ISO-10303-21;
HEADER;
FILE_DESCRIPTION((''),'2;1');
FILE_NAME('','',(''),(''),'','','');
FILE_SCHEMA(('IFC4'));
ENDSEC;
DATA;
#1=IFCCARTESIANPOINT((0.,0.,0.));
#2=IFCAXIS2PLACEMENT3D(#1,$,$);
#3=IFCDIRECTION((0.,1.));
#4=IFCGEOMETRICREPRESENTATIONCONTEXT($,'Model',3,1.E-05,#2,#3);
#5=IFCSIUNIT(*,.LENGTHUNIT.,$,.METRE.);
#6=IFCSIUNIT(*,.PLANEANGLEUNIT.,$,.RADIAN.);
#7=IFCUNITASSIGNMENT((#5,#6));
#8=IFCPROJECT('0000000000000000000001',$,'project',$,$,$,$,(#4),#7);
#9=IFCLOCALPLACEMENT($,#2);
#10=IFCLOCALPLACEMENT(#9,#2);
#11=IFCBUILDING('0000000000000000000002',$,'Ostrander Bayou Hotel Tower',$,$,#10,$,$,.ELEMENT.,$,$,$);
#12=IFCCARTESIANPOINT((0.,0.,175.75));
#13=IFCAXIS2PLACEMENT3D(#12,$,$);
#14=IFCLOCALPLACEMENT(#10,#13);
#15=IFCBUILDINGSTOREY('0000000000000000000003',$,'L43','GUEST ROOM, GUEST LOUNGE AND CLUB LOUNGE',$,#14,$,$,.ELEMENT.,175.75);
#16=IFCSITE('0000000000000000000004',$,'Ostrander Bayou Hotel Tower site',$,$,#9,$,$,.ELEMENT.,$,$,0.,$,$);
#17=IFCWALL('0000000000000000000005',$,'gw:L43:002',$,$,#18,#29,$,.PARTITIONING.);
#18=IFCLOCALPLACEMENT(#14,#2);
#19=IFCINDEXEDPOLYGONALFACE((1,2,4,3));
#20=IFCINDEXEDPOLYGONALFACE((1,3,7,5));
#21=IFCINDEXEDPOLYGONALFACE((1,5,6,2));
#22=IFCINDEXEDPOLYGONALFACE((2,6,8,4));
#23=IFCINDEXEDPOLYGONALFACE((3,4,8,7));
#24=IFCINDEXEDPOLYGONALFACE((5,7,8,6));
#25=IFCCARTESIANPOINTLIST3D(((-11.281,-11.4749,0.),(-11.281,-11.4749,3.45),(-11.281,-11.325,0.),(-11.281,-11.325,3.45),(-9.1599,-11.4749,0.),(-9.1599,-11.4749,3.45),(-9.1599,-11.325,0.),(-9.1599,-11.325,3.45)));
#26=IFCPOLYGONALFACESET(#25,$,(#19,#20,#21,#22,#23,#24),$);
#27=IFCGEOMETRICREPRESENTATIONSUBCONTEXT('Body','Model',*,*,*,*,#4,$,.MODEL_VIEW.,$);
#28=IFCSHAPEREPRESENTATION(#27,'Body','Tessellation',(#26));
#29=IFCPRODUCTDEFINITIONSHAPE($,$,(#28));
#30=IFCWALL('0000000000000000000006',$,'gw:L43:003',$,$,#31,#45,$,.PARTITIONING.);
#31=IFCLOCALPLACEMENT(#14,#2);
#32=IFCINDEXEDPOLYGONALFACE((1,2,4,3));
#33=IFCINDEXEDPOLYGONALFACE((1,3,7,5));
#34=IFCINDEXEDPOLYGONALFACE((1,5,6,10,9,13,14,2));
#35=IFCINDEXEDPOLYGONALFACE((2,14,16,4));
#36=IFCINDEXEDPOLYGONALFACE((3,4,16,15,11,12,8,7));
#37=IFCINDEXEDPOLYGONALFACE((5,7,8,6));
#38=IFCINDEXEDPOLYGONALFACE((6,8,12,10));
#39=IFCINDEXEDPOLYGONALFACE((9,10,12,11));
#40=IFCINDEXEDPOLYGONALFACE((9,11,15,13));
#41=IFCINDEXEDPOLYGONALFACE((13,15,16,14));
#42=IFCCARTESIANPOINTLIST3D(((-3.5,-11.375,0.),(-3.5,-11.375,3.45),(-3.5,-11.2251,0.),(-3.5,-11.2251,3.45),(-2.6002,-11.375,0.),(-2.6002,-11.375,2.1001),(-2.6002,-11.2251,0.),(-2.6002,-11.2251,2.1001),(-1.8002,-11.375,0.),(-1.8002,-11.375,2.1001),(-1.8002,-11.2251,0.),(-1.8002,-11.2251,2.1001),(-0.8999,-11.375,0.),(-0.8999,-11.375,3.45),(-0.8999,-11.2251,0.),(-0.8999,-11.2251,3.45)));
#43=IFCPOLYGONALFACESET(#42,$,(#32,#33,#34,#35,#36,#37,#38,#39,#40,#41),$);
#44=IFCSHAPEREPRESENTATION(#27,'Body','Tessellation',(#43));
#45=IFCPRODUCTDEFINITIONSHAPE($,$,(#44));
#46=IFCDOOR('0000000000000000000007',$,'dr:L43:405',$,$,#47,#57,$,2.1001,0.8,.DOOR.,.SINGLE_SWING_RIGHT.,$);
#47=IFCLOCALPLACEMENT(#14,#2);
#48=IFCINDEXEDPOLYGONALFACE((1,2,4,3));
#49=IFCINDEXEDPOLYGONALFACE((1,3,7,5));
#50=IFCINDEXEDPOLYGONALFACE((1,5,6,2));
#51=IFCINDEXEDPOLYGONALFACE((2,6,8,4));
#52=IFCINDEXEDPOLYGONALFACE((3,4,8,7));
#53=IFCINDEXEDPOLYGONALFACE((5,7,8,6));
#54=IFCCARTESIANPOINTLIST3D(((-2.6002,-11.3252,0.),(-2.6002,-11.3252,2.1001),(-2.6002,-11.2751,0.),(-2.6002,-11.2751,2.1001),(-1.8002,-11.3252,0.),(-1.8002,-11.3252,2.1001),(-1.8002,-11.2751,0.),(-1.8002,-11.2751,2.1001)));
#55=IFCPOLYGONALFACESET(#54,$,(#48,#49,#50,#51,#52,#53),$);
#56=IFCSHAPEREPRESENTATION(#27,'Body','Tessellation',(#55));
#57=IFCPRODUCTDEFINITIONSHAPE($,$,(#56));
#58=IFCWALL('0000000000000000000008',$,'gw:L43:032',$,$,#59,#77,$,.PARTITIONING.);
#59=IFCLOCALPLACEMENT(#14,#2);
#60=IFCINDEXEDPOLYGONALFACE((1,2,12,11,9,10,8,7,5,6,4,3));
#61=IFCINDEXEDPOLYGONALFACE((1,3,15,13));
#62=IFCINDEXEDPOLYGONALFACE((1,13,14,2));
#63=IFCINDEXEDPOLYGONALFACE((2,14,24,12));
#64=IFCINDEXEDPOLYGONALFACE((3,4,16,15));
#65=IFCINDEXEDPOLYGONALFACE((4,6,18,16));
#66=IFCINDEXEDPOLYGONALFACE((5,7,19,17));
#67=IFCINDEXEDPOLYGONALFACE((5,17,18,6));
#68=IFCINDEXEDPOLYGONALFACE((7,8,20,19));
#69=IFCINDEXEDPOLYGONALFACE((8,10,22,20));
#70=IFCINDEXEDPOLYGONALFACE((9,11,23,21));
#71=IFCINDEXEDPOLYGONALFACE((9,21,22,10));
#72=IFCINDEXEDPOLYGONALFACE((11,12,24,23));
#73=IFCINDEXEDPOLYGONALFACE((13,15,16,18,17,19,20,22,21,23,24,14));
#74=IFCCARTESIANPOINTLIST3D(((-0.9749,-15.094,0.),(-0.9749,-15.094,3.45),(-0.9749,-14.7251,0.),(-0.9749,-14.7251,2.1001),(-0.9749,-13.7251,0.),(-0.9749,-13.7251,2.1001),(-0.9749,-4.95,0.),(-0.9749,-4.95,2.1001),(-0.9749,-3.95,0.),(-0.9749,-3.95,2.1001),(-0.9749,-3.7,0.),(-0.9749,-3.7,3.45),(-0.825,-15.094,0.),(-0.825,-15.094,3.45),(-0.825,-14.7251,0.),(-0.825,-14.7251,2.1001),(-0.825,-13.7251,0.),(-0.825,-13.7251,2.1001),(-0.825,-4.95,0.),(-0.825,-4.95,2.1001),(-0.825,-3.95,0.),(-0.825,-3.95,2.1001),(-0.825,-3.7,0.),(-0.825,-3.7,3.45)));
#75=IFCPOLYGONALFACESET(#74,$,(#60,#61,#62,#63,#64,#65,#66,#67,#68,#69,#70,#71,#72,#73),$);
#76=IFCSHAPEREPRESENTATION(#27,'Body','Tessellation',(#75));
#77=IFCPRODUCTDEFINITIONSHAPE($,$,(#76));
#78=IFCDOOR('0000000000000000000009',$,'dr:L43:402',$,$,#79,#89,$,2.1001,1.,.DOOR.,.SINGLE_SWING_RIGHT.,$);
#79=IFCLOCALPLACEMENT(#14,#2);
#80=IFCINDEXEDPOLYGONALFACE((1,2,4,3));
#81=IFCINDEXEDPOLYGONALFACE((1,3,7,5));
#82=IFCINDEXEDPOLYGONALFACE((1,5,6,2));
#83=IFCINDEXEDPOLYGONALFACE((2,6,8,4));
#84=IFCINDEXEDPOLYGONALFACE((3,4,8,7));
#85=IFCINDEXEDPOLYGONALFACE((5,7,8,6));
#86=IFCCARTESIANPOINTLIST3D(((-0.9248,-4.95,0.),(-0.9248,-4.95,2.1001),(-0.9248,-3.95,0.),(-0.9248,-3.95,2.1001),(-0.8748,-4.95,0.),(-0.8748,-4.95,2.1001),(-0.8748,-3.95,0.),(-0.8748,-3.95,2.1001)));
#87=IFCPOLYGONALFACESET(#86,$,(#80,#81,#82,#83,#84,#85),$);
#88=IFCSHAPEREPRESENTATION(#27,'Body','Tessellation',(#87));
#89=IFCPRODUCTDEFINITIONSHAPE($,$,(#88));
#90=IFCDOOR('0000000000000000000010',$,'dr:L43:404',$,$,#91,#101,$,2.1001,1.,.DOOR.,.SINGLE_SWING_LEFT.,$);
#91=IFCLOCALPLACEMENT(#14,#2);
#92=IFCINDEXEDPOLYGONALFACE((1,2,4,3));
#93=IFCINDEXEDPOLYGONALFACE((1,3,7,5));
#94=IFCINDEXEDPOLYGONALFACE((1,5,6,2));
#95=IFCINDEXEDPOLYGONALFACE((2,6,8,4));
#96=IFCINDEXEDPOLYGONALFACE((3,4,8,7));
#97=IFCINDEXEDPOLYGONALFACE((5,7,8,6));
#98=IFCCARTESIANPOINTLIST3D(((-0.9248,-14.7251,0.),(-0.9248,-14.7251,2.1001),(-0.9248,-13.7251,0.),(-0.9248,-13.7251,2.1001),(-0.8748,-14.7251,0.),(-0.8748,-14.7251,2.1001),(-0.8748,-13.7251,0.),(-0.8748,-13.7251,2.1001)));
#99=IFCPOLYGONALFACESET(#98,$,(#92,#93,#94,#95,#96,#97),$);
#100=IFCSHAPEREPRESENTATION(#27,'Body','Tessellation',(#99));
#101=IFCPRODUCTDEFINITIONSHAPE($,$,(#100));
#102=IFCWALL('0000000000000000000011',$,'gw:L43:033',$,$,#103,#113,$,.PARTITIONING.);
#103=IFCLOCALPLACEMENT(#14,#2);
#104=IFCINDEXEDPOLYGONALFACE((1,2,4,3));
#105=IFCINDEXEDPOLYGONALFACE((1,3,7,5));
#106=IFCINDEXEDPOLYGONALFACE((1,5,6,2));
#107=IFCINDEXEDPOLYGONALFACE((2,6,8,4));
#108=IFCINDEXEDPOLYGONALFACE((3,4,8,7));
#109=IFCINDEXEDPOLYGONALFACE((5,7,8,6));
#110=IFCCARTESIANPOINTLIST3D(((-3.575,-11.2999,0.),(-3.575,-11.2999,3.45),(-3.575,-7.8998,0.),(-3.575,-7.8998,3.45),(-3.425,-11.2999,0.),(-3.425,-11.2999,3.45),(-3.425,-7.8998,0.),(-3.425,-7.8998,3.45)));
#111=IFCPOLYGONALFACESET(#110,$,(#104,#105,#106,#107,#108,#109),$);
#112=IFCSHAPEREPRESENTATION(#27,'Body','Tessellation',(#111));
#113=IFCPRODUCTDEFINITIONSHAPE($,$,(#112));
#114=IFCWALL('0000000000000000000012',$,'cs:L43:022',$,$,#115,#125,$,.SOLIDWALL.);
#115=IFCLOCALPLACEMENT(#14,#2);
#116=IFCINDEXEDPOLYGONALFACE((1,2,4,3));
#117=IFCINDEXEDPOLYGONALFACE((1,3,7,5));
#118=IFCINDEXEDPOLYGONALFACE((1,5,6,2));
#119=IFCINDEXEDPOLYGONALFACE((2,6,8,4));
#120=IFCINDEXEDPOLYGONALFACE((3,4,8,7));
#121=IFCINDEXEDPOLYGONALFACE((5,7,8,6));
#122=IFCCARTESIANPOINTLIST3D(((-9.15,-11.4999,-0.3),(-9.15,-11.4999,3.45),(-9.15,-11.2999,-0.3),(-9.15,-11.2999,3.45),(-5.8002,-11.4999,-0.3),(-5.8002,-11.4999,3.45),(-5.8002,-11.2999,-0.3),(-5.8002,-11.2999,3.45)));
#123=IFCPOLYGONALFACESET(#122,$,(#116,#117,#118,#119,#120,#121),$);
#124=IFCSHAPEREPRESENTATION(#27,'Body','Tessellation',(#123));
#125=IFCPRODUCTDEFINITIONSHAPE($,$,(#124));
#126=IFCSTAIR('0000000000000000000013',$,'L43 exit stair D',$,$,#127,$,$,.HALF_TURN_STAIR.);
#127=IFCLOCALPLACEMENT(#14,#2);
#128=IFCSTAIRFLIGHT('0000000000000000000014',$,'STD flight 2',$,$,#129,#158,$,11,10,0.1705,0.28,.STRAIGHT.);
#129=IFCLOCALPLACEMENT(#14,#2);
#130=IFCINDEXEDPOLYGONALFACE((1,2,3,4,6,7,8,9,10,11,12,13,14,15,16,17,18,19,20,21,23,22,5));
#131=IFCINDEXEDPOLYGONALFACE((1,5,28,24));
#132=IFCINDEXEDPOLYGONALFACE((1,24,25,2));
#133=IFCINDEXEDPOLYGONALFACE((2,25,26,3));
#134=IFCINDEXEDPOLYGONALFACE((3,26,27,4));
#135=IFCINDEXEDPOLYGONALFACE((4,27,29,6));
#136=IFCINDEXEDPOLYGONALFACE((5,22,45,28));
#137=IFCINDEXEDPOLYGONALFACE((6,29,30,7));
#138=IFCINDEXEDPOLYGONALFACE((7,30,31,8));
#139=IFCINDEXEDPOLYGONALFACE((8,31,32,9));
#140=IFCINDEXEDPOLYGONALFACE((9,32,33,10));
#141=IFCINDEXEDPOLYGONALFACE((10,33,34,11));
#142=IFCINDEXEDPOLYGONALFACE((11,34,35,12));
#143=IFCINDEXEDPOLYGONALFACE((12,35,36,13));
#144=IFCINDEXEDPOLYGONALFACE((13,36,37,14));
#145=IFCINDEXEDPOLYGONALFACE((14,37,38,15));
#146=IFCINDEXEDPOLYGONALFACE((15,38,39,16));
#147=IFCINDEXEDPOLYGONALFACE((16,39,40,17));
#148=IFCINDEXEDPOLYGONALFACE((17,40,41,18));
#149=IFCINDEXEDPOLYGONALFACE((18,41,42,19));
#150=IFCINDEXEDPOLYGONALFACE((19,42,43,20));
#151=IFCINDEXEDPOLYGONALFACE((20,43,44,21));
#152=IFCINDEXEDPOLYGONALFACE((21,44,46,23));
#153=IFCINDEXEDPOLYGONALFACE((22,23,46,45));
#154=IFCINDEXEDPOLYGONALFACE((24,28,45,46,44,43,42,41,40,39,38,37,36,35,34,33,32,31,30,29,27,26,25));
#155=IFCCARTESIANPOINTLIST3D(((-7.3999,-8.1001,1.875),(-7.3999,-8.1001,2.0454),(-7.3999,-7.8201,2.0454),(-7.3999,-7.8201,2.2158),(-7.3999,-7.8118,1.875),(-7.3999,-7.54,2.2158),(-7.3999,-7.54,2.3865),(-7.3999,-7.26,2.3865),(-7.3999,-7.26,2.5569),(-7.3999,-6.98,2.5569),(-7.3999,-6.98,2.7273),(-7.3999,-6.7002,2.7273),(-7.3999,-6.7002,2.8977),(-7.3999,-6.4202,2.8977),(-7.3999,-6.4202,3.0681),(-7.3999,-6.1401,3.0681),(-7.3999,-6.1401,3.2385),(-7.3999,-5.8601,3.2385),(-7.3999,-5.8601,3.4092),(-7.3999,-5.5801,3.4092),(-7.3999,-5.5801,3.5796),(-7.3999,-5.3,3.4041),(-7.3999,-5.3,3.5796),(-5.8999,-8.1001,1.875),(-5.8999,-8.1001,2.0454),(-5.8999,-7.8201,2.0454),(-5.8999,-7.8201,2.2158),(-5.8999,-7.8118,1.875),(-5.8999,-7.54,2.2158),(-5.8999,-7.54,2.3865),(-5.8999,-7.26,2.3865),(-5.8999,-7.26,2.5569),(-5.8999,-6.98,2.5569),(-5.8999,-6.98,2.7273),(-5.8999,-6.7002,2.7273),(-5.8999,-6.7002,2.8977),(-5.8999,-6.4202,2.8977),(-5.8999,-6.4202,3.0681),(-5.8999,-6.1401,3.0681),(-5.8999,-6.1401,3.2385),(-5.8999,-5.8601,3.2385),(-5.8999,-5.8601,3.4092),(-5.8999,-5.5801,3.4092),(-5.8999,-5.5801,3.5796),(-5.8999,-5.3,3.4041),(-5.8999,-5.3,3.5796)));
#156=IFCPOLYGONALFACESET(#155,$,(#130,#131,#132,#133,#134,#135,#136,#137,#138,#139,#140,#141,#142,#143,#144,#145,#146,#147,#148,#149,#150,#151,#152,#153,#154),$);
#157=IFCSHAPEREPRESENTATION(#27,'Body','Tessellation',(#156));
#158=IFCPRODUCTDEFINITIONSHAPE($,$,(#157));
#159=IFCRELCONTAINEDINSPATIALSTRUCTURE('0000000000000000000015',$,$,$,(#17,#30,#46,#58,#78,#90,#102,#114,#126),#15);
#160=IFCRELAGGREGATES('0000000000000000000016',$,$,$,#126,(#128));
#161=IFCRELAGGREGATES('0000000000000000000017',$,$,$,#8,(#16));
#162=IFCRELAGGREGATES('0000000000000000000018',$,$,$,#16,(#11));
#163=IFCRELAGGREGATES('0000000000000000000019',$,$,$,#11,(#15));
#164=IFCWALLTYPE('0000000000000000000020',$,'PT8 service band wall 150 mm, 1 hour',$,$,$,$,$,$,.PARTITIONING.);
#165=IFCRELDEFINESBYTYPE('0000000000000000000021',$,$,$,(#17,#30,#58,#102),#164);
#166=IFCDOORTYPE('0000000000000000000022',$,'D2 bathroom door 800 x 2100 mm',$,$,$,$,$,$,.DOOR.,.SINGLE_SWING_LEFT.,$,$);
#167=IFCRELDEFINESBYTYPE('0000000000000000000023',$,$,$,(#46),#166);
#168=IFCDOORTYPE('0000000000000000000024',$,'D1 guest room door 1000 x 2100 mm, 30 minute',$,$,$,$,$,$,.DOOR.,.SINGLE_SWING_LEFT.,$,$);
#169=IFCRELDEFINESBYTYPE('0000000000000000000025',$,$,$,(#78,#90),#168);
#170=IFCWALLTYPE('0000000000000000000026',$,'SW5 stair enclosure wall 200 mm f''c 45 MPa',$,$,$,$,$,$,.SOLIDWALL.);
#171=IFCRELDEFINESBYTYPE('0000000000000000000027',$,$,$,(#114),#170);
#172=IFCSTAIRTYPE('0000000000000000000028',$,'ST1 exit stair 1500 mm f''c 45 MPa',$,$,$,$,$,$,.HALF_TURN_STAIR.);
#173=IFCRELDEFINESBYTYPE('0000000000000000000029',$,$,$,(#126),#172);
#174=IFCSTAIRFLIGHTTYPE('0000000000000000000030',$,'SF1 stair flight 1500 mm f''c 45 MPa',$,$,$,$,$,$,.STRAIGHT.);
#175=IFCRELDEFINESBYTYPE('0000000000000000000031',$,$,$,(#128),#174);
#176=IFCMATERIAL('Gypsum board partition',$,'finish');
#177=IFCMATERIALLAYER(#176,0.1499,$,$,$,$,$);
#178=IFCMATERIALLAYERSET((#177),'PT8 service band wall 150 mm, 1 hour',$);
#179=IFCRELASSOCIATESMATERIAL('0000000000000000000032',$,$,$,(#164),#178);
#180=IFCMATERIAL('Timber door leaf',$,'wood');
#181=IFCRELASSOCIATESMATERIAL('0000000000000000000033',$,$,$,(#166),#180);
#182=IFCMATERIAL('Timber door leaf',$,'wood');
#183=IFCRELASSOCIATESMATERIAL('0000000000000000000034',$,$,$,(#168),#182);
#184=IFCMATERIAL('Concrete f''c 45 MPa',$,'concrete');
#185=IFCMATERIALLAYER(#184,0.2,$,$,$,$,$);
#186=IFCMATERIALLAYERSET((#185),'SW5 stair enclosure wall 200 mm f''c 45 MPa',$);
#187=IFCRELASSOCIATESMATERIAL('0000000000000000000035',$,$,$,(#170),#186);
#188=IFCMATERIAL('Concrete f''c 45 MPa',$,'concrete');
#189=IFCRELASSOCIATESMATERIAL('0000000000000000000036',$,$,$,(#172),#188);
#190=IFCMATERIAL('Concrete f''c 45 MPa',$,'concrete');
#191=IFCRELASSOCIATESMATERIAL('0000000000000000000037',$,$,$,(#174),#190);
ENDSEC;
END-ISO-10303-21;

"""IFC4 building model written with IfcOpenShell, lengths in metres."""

from ifc_helpers import new_model, si_unit, direction, frame, frame_2d, origin, place, context, subcontext, project, spatial, polyline, rectangle, outline, extrude, material, layer, layer_set, type_object, element, fill, aggregate, save


model = new_model("IFC4")

# Units and contexts
model_context = context("Model", 3, precision=1e-05, world=origin(), true_north=direction((0.0, 1.0)))
body_context = subcontext(model_context, "Body", "Model", "MODEL_VIEW")
ifc_project = project(units=[si_unit("LENGTHUNIT", "METRE"), si_unit("PLANEANGLEUNIT", "RADIAN")], contexts=[model_context])

# Site, building, storey
site_placement = place(None, origin())
site = spatial("IfcSite", under=ifc_project, at=site_placement, Name="Ostrander Bayou Hotel Tower site", CompositionType="ELEMENT", RefElevation=0.0)
building_placement = place(site_placement, origin())
building = spatial("IfcBuilding", under=site, at=building_placement, Name="Ostrander Bayou Hotel Tower", CompositionType="ELEMENT")
storey_placement = place(building_placement, frame((0.0, 0.0, 175.75)))
storey = spatial("IfcBuildingStorey", under=building, at=storey_placement, Name="L43", Description="GUEST ROOM, GUEST LOUNGE AND CLUB LOUNGE", CompositionType="ELEMENT", Elevation=175.75)

# Wall
ifc_material_1 = material(Name="Gypsum board partition", Category="finish")
ifc_layer_1 = layer(ifc_material_1, 0.1499)
ifc_layer_set_1 = layer_set([ifc_layer_1], Name="PT8 service band wall 150 mm, 1 hour")
wall_type_1 = type_object("IfcWallType", Name="PT8 service band wall 150 mm, 1 hour", PredefinedType="PARTITIONING", material=ifc_layer_set_1)
wall_1_placement = place(storey_placement, frame((-11.281, -11.3999, 0.0), z_axis=(0.0, 0.0, 1.0), x_axis=(1.0, 0.0, 0.0)))
element("IfcWall", 1, at=wall_1_placement, inside=storey, type_object=wall_type_1, Name="gw:L43:002", PredefinedType="PARTITIONING", context=body_context, shape_type="SweptSolid", body=[
    extrude(rectangle(XDim=2.1211, YDim=0.1499, at=frame_2d((1.0605, 0.0))), origin(), (0.0, 0.0, 1.0), 3.45),
])

# Wall, opening, door
wall_2_placement = place(storey_placement, frame((-3.5, -11.3, 0.0), z_axis=(0.0, 0.0, 1.0), x_axis=(1.0, 0.0, 0.0)))
wall_2 = element("IfcWall", 2, at=wall_2_placement, inside=storey, type_object=wall_type_1, Name="gw:L43:003", PredefinedType="PARTITIONING", context=body_context, shape_type="SweptSolid", body=[
    extrude(rectangle(XDim=2.6001, YDim=0.1499, at=frame_2d((1.3, 0.0))), origin(), (0.0, 0.0, 1.0), 3.45),
])
opening_1_placement = place(wall_2_placement, frame((0.8999, 0.0, 0.0)))
opening_1 = element("IfcOpeningElement", 3, at=opening_1_placement, cuts=wall_2, PredefinedType="OPENING", context=body_context, shape_type="SweptSolid", body=[
    extrude(rectangle(XDim=0.8, YDim=2.1001, at=frame_2d((0.3999, 1.05))), frame((0.0, 0.075, 0.0), z_axis=(0.0, -1.0, 0.0), x_axis=(1.0, 0.0, 0.0)), (0.0, 0.0, 1.0), 0.1499),
])
ifc_material_2 = material(Name="Timber door leaf", Category="wood")
door_type_1 = type_object("IfcDoorType", Name="D2 bathroom door 800 x 2100 mm", OperationType="SINGLE_SWING_LEFT", PredefinedType="DOOR", material=ifc_material_2)
door_1_placement = place(opening_1_placement, origin())
door_1 = element("IfcDoor", 4, at=door_1_placement, inside=storey, type_object=door_type_1, Name="dr:L43:405", OperationType="SINGLE_SWING_RIGHT", OverallHeight=2.1001, OverallWidth=0.8, PredefinedType="DOOR", context=body_context, shape_type="SweptSolid", body=[
    extrude(rectangle(XDim=0.8, YDim=2.1001, at=frame_2d((0.3999, 1.05))), frame((0.0, 0.0249, 0.0), z_axis=(0.0, -1.0, 0.0), x_axis=(1.0, 0.0, 0.0)), (0.0, 0.0, 1.0), 0.05),
])
fill(opening_1, door_1)

# Wall, openings, doors
wall_3_placement = place(storey_placement, frame((-0.8999, -15.094, 0.0), z_axis=(0.0, 0.0, 1.0), x_axis=(0.0, 1.0, 0.0)))
wall_3 = element("IfcWall", 5, at=wall_3_placement, inside=storey, type_object=wall_type_1, Name="gw:L43:032", PredefinedType="PARTITIONING", context=body_context, shape_type="SweptSolid", body=[
    extrude(rectangle(XDim=11.394, YDim=0.1499, at=frame_2d((5.697, 0.0))), origin(), (0.0, 0.0, 1.0), 3.45),
])
opening_2_placement = place(wall_3_placement, frame((10.144, 0.0, 0.0)))
opening_2 = element("IfcOpeningElement", 6, at=opening_2_placement, cuts=wall_3, PredefinedType="OPENING", context=body_context, shape_type="SweptSolid", body=[
    extrude(rectangle(XDim=1.0, YDim=2.1001, at=frame_2d((0.5, 1.05))), frame((0.0, 0.075, 0.0), z_axis=(0.0, -1.0, 0.0), x_axis=(1.0, 0.0, 0.0)), (0.0, 0.0, 1.0), 0.1499),
])
opening_3_placement = place(wall_3_placement, frame((0.3689, 0.0, 0.0)))
opening_3 = element("IfcOpeningElement", 7, at=opening_3_placement, cuts=wall_3, PredefinedType="OPENING", context=body_context, shape_type="SweptSolid", body=[
    extrude(rectangle(XDim=1.0, YDim=2.1001, at=frame_2d((0.5, 1.05))), frame((0.0, 0.075, 0.0), z_axis=(0.0, -1.0, 0.0), x_axis=(1.0, 0.0, 0.0)), (0.0, 0.0, 1.0), 0.1499),
])
ifc_material_3 = material(Name="Timber door leaf", Category="wood")
door_type_2 = type_object("IfcDoorType", Name="D1 guest room door 1000 x 2100 mm, 30 minute", OperationType="SINGLE_SWING_LEFT", PredefinedType="DOOR", material=ifc_material_3)
door_2_placement = place(opening_2_placement, origin())
door_2 = element("IfcDoor", 8, at=door_2_placement, inside=storey, type_object=door_type_2, Name="dr:L43:402", OperationType="SINGLE_SWING_RIGHT", OverallHeight=2.1001, OverallWidth=1.0, PredefinedType="DOOR", context=body_context, shape_type="SweptSolid", body=[
    extrude(rectangle(XDim=1.0, YDim=2.1001, at=frame_2d((0.5, 1.05))), frame((0.0, 0.0249, 0.0), z_axis=(0.0, -1.0, 0.0), x_axis=(1.0, 0.0, 0.0)), (0.0, 0.0, 1.0), 0.05),
])
fill(opening_2, door_2)
door_3_placement = place(opening_3_placement, origin())
door_3 = element("IfcDoor", 9, at=door_3_placement, inside=storey, type_object=door_type_2, Name="dr:L43:404", OperationType="SINGLE_SWING_LEFT", OverallHeight=2.1001, OverallWidth=1.0, PredefinedType="DOOR", context=body_context, shape_type="SweptSolid", body=[
    extrude(rectangle(XDim=1.0, YDim=2.1001, at=frame_2d((0.5, 1.05))), frame((0.0, 0.0249, 0.0), z_axis=(0.0, -1.0, 0.0), x_axis=(1.0, 0.0, 0.0)), (0.0, 0.0, 1.0), 0.05),
])
fill(opening_3, door_3)

# Walls
wall_4_placement = place(storey_placement, frame((-3.5, -11.3, 0.0), z_axis=(0.0, 0.0, 1.0), x_axis=(0.0, 1.0, 0.0)))
element("IfcWall", 10, at=wall_4_placement, inside=storey, type_object=wall_type_1, Name="gw:L43:033", PredefinedType="PARTITIONING", context=body_context, shape_type="SweptSolid", body=[
    extrude(rectangle(XDim=3.4001, YDim=0.1499, at=frame_2d((1.7002, 0.0))), origin(), (0.0, 0.0, 1.0), 3.45),
])
ifc_material_4 = material(Name="Concrete f'c 45 MPa", Category="concrete")
ifc_layer_2 = layer(ifc_material_4, 0.2)
ifc_layer_set_2 = layer_set([ifc_layer_2], Name="SW5 stair enclosure wall 200 mm f'c 45 MPa")
wall_type_2 = type_object("IfcWallType", Name="SW5 stair enclosure wall 200 mm f'c 45 MPa", PredefinedType="SOLIDWALL", material=ifc_layer_set_2)
wall_5_placement = place(storey_placement, frame((-9.1499, -11.3999, -0.3), z_axis=(0.0, 0.0, 1.0), x_axis=(1.0, 0.0, 0.0)))
element("IfcWall", 11, at=wall_5_placement, inside=storey, type_object=wall_type_2, Name="cs:L43:022", PredefinedType="SOLIDWALL", context=body_context, shape_type="SweptSolid", body=[
    extrude(rectangle(XDim=3.3499, YDim=0.2, at=frame_2d((1.6748, 0.0))), origin(), (0.0, 0.0, 1.0), 3.75),
])

# Stair, stair flight
ifc_material_5 = material(Name="Concrete f'c 45 MPa", Category="concrete")
stair_type = type_object("IfcStairType", Name="ST1 exit stair 1500 mm f'c 45 MPa", PredefinedType="HALF_TURN_STAIR", material=ifc_material_5)
stair_placement = place(storey_placement, origin())
stair = element("IfcStair", 12, at=stair_placement, inside=storey, type_object=stair_type, Name="L43 exit stair D", PredefinedType="HALF_TURN_STAIR")
ifc_material_6 = material(Name="Concrete f'c 45 MPa", Category="concrete")
stair_flight_type = type_object("IfcStairFlightType", Name="SF1 stair flight 1500 mm f'c 45 MPa", PredefinedType="STRAIGHT", material=ifc_material_6)
stair_flight_placement = place(storey_placement, frame((-6.6499, -8.1001, 1.875), z_axis=(0.0, 0.0, 1.0), x_axis=(0.0, 1.0, 0.0)))
stair_flight = element("IfcStairFlight", 13, at=stair_flight_placement, type_object=stair_flight_type, Name="STD flight 2", NumberOfRisers=11, NumberOfTreads=10, PredefinedType="STRAIGHT", RiserHeight=0.1705, TreadLength=0.28, context=body_context, shape_type="SweptSolid", body=[
    extrude(outline(polyline([(0.0, 0.0), (0.0, 0.1704), (0.28, 0.1704), (0.28, 0.3408), (0.5601, 0.3408), (0.5601, 0.5115), (0.8401, 0.5115), (0.8401, 0.6819), (1.1201, 0.6819), (1.1201, 0.8523), (1.3999, 0.8523), (1.3999, 1.0227), (1.6799, 1.0227), (1.6799, 1.1931), (1.96, 1.1931), (1.96, 1.3635), (2.24, 1.3635), (2.24, 1.5342), (2.52, 1.5342), (2.52, 1.7046), (2.8, 1.7046), (2.8, 1.875), (2.8, 1.5291), (0.2883, 0.0), (0.0, 0.0)])), frame((0.0, 0.75, 0.0), z_axis=(0.0, -1.0, 0.0), x_axis=(1.0, 0.0, 0.0)), (0.0, 0.0, 1.0), 1.5),
])
aggregate(stair, [stair_flight])

save(model, "model.ifc")
